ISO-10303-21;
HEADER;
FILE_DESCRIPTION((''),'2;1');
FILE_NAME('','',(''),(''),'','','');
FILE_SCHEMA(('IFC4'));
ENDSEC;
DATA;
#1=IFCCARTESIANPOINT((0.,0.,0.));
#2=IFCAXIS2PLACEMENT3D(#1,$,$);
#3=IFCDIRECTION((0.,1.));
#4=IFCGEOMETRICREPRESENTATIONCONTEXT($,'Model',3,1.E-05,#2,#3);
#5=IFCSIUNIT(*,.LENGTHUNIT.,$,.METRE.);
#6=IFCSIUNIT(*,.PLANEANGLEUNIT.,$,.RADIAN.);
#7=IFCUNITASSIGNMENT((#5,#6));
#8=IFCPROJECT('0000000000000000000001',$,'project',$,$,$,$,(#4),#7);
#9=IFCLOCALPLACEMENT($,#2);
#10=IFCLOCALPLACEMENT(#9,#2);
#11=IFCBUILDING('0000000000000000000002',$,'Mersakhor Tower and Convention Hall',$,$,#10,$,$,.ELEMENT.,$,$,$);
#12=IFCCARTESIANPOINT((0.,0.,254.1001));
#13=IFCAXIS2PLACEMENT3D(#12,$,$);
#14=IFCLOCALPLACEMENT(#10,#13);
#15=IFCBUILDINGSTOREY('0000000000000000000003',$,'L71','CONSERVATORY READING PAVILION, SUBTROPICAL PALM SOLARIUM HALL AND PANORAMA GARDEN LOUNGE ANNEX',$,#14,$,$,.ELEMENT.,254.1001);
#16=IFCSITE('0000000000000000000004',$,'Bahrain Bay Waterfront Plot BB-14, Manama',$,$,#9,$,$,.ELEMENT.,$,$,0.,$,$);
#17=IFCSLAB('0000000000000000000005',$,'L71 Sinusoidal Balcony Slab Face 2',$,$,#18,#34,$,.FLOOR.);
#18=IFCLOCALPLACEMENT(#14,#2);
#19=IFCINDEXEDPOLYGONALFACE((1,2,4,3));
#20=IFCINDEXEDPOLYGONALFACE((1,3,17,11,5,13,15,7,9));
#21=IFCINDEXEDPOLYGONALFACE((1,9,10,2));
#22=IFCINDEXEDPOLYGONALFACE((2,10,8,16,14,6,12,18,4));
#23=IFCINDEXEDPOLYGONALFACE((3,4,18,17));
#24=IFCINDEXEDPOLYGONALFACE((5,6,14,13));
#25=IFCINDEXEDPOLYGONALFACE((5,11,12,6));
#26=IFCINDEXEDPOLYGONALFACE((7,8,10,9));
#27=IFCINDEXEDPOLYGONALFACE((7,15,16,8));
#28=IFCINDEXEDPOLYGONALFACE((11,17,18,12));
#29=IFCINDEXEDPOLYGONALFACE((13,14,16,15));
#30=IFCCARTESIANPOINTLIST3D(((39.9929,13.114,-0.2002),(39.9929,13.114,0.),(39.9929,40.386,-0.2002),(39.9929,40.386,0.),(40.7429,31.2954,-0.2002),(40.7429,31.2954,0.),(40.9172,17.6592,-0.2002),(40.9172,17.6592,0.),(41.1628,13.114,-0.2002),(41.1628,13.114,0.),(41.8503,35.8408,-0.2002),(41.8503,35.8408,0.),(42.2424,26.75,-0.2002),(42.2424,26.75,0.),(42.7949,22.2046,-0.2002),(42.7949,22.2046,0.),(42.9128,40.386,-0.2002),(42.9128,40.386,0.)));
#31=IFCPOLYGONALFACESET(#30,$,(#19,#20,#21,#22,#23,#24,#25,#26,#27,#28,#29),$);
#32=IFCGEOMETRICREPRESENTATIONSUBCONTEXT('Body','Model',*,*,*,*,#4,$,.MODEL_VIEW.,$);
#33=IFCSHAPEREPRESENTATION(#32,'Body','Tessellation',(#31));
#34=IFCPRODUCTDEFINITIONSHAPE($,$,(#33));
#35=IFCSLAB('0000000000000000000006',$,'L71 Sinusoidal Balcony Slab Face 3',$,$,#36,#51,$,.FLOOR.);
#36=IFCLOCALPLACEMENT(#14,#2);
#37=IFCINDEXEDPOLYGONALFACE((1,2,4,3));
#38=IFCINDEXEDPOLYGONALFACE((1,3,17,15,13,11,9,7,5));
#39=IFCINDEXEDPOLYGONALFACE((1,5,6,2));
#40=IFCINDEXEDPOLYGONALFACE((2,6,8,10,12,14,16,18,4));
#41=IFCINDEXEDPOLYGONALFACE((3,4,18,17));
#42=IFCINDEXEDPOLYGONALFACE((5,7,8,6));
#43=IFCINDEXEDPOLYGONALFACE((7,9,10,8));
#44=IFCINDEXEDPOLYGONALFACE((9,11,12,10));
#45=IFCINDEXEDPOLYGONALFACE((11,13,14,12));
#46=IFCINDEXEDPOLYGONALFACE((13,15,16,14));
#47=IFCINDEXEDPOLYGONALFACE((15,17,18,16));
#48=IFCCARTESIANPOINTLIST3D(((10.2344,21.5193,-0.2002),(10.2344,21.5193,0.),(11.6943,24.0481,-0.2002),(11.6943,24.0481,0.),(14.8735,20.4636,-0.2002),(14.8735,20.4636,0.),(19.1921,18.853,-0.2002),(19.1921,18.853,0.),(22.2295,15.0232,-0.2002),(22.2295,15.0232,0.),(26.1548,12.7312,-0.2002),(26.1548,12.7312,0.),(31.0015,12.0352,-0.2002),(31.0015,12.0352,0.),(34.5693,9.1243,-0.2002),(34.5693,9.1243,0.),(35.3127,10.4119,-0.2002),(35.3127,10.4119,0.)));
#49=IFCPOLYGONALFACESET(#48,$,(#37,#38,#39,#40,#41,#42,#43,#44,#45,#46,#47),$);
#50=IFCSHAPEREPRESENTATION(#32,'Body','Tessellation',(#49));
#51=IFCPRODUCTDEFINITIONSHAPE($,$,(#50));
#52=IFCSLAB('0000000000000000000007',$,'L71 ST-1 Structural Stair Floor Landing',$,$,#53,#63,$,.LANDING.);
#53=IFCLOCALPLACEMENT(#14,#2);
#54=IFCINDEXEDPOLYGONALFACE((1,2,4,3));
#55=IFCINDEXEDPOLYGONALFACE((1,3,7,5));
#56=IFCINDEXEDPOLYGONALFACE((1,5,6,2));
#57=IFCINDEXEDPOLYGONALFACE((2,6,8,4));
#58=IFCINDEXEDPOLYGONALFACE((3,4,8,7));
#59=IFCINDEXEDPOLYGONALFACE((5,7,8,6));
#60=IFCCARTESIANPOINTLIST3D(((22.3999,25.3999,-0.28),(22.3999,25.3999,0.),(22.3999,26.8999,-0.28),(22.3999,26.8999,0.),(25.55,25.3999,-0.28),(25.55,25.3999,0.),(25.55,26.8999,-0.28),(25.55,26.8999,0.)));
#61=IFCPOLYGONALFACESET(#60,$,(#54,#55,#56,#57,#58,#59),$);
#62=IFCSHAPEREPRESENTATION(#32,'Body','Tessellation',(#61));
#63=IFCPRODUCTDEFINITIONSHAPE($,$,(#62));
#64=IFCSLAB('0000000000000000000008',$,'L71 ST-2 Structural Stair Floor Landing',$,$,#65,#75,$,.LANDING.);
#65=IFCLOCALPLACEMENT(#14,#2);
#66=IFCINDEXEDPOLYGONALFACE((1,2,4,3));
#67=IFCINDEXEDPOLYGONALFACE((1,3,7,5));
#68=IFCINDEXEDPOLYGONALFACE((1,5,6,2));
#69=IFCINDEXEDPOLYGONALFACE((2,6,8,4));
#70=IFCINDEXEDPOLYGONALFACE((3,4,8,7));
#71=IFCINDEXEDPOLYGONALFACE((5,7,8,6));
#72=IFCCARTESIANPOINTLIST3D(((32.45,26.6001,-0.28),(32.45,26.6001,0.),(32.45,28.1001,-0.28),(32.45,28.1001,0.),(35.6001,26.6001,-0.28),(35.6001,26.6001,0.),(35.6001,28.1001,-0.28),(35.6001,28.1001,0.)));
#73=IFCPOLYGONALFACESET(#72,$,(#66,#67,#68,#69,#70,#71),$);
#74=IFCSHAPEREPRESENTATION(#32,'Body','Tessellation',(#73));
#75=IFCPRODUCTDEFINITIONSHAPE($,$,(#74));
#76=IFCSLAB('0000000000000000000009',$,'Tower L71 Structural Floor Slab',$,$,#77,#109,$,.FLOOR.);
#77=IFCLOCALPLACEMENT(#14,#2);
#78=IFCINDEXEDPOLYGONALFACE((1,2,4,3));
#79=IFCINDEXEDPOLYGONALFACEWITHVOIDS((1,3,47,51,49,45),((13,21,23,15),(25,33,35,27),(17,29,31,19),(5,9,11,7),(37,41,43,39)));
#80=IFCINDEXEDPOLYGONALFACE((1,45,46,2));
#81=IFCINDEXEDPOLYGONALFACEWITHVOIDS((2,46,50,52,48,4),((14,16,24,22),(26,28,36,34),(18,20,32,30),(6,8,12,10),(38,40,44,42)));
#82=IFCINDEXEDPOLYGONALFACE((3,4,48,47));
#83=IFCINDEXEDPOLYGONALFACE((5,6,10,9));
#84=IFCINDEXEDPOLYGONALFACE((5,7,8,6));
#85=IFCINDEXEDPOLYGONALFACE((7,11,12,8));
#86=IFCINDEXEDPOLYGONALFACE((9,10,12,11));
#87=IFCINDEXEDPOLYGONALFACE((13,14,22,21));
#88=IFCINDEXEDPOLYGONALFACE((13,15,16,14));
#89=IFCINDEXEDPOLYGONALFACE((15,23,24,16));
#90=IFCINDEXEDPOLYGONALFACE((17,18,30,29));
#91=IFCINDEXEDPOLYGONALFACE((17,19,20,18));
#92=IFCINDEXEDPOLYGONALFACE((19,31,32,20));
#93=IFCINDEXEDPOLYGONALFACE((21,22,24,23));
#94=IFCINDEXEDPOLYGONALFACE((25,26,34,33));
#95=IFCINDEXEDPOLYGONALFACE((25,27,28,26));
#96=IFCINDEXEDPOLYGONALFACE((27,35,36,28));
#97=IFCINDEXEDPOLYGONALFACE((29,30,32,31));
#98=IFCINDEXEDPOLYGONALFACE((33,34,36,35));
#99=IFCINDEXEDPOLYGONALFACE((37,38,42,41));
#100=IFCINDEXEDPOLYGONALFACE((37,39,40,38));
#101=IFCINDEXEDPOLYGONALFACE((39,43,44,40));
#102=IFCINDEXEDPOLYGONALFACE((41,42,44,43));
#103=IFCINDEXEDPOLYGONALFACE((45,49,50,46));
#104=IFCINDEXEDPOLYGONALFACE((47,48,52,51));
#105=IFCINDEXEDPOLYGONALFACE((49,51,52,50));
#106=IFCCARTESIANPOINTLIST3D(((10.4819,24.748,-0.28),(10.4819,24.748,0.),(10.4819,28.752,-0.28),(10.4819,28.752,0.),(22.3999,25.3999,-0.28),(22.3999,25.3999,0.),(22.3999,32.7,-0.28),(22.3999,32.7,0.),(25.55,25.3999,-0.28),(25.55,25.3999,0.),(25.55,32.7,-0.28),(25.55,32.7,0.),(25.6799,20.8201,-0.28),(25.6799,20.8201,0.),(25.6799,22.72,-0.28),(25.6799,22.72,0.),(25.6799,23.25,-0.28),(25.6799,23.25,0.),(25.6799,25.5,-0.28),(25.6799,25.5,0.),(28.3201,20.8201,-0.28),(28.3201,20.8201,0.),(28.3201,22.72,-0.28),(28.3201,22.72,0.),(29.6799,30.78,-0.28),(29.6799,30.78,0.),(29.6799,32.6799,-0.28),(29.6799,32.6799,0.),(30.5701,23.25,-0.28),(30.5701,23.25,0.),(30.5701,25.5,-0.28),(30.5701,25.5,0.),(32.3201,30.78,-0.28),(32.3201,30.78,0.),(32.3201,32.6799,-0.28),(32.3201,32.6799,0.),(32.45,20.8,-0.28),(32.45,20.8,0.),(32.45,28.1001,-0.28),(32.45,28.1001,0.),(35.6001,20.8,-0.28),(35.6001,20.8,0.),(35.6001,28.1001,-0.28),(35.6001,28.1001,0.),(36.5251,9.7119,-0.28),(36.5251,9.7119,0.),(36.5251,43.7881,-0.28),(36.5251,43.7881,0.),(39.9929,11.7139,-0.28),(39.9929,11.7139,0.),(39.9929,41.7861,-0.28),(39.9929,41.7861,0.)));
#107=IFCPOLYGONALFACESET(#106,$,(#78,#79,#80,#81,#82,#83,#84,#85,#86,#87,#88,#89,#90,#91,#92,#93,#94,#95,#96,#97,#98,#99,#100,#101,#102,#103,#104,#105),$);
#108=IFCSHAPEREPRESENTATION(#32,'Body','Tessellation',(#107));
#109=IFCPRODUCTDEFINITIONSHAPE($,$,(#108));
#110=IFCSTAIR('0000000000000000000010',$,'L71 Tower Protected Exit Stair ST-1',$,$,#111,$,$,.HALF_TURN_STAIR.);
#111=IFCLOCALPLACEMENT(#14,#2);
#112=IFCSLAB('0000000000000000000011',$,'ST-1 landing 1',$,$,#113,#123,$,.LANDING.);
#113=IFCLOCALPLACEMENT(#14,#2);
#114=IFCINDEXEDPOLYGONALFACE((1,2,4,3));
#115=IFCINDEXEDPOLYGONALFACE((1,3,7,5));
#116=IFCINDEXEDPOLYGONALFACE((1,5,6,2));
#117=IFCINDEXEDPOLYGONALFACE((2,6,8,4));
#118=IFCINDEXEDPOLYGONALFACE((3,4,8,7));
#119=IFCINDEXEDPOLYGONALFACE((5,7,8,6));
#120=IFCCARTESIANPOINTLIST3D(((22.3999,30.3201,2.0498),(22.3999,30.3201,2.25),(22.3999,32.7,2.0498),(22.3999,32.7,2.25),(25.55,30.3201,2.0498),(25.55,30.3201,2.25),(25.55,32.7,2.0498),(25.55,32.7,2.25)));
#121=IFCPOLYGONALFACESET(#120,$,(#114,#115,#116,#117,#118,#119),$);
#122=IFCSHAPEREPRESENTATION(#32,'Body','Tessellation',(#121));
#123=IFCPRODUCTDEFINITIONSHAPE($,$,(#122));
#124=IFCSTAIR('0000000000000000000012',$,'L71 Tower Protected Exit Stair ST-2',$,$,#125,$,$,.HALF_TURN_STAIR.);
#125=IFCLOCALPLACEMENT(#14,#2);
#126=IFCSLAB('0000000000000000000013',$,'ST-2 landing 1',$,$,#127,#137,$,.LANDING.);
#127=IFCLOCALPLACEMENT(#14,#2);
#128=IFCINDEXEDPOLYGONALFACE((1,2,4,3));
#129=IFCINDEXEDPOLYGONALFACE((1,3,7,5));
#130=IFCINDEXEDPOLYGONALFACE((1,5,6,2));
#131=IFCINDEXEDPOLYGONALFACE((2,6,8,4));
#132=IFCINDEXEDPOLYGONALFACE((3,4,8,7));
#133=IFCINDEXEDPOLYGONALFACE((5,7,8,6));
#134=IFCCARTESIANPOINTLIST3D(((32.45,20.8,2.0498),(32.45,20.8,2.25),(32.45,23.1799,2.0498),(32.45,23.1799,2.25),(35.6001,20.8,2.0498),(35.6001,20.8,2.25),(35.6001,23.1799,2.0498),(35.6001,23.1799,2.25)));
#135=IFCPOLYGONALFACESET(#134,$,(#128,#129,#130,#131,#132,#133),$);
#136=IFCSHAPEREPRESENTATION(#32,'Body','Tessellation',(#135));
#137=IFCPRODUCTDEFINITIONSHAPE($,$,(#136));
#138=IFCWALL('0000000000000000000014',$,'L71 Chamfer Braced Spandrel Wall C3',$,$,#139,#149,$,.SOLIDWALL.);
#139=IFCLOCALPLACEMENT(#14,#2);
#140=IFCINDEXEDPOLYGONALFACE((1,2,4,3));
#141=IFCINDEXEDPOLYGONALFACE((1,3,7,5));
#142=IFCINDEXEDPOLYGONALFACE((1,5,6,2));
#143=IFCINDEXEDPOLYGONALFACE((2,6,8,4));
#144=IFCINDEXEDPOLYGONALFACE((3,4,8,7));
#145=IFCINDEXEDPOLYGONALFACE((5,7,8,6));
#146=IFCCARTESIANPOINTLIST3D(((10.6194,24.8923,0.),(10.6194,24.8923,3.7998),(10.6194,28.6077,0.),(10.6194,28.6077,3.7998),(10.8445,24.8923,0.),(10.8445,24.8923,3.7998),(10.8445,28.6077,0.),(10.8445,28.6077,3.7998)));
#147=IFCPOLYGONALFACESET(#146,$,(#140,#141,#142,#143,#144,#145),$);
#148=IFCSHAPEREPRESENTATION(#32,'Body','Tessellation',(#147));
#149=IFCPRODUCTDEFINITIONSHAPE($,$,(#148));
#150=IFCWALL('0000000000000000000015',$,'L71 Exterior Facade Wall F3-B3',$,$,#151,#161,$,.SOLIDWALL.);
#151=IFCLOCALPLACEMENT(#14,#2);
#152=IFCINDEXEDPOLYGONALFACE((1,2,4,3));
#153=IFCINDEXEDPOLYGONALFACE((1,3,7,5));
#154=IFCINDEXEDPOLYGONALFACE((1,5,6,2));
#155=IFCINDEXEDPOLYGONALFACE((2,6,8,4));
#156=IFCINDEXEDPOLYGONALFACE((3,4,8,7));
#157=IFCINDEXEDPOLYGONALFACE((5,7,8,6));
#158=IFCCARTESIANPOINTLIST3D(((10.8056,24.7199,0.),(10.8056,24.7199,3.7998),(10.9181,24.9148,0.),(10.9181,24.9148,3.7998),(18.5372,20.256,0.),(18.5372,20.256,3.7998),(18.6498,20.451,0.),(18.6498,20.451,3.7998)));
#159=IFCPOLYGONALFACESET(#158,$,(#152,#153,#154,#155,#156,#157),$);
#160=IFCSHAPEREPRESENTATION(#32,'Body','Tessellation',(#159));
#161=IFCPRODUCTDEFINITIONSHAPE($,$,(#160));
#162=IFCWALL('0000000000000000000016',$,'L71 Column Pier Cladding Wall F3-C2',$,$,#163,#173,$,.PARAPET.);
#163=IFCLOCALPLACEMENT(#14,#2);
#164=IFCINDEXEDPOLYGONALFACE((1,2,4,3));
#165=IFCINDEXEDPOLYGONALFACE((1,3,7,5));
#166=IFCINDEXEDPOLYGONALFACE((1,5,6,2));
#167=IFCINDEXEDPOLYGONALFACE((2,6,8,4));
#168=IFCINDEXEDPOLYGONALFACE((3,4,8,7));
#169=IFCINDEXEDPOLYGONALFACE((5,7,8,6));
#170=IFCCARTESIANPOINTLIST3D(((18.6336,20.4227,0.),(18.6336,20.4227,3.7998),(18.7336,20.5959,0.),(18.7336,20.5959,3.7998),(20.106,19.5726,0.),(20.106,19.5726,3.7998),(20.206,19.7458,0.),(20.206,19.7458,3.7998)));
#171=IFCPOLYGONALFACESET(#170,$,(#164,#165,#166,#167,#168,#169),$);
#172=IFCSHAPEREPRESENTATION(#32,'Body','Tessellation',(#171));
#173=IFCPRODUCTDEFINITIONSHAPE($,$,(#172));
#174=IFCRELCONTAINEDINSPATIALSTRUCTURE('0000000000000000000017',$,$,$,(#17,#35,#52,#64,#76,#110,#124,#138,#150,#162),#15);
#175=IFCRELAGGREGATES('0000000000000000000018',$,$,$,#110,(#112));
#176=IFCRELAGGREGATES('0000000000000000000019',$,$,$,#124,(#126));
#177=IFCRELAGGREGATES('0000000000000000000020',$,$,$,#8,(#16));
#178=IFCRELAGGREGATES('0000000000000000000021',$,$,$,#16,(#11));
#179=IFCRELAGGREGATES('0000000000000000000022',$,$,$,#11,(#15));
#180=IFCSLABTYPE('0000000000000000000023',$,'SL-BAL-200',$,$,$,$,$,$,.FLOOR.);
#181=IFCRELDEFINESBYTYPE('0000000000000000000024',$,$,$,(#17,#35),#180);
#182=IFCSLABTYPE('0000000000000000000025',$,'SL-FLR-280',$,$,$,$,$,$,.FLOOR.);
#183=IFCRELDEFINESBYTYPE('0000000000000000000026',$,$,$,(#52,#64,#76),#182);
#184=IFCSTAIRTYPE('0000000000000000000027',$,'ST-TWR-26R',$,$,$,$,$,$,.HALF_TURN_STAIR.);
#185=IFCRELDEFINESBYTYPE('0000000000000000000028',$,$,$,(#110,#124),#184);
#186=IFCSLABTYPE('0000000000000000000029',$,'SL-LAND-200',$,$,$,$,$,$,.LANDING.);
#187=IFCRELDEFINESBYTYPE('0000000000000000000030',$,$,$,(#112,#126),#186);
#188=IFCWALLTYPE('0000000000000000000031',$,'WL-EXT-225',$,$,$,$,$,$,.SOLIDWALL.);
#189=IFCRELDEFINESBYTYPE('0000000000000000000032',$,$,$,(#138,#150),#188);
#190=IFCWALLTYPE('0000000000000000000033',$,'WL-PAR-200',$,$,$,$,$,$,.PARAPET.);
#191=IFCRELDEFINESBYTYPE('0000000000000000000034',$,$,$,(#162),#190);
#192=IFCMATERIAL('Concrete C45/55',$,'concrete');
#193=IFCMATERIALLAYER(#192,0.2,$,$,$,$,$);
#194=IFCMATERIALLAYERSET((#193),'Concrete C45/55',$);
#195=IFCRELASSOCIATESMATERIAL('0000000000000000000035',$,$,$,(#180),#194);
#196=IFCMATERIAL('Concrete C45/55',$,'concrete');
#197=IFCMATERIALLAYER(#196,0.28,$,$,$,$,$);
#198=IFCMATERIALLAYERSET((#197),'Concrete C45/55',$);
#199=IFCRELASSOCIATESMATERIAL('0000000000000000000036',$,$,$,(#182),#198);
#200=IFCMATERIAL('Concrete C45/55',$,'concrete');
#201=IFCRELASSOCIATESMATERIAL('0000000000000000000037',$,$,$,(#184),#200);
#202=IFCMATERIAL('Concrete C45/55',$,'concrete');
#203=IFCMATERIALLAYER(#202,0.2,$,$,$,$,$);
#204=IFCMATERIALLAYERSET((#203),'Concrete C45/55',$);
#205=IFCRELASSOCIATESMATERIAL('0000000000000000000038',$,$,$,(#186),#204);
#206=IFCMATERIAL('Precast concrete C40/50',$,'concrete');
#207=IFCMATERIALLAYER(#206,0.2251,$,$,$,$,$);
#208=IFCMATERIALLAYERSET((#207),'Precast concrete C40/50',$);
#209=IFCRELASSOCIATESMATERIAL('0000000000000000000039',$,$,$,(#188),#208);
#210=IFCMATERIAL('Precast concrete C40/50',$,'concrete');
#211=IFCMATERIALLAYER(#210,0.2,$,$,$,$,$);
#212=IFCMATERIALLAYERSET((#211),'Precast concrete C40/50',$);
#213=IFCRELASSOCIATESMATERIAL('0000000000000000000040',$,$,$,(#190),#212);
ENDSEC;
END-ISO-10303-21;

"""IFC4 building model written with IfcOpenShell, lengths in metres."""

from ifc_helpers import new_model, si_unit, direction, frame, frame_2d, origin, place, context, subcontext, project, spatial, polyline, rectangle, outline, extrude, material, layer, layer_set, type_object, element, aggregate, save


model = new_model("IFC4")

# Units and contexts
model_context = context("Model", 3, precision=1e-05, world=origin(), true_north=direction((0.0, 1.0)))
body_context = subcontext(model_context, "Body", "Model", "MODEL_VIEW")
ifc_project = project(units=[si_unit("LENGTHUNIT", "METRE"), si_unit("PLANEANGLEUNIT", "RADIAN")], contexts=[model_context])

# Site, building, storey
site_placement = place(None, origin())
site = spatial("IfcSite", under=ifc_project, at=site_placement, Name="Bahrain Bay Waterfront Plot BB-14, Manama", CompositionType="ELEMENT", RefElevation=0.0)
building_placement = place(site_placement, origin())
building = spatial("IfcBuilding", under=site, at=building_placement, Name="Mersakhor Tower and Convention Hall", CompositionType="ELEMENT")
storey_placement = place(building_placement, frame((0.0, 0.0, 254.1001)))
storey = spatial("IfcBuildingStorey", under=building, at=storey_placement, Name="L71", Description="CONSERVATORY READING PAVILION, SUBTROPICAL PALM SOLARIUM HALL AND PANORAMA GARDEN LOUNGE ANNEX", CompositionType="ELEMENT", Elevation=254.1001)

# Slabs
ifc_material_1 = material(Name="Concrete C45/55", Category="concrete")
ifc_layer_1 = layer(ifc_material_1, 0.2)
ifc_layer_set_1 = layer_set([ifc_layer_1], Name="Concrete C45/55")
slab_type_1 = type_object("IfcSlabType", Name="SL-BAL-200", PredefinedType="FLOOR", material=ifc_layer_set_1)
slab_1_placement = place(storey_placement, frame((0.0, 0.0, -0.2002)))
element("IfcSlab", 1, at=slab_1_placement, inside=storey, type_object=slab_type_1, Name="L71 Sinusoidal Balcony Slab Face 2", PredefinedType="FLOOR", context=body_context, shape_type="SweptSolid", body=[
    extrude(outline(polyline([(39.9929, 40.386), (39.9929, 13.114), (41.1628, 13.114), (40.9172, 17.6592), (42.7949, 22.2046), (42.2424, 26.75), (40.7429, 31.2954), (41.8503, 35.8408), (42.9128, 40.386), (39.9929, 40.386)])), origin(), (0.0, 0.0, 1.0), 0.2002),
])
slab_2_placement = place(storey_placement, frame((0.0, 0.0, -0.2002)))
element("IfcSlab", 2, at=slab_2_placement, inside=storey, type_object=slab_type_1, Name="L71 Sinusoidal Balcony Slab Face 3", PredefinedType="FLOOR", context=body_context, shape_type="SweptSolid", body=[
    extrude(outline(polyline([(35.3127, 10.4119), (11.6943, 24.0481), (10.2344, 21.5193), (14.8735, 20.4636), (19.1921, 18.853), (22.2295, 15.0232), (26.1548, 12.7312), (31.0015, 12.0352), (34.5693, 9.1243), (35.3127, 10.4119)])), origin(), (0.0, 0.0, 1.0), 0.2002),
])
ifc_material_2 = material(Name="Concrete C45/55", Category="concrete")
ifc_layer_2 = layer(ifc_material_2, 0.28)
ifc_layer_set_2 = layer_set([ifc_layer_2], Name="Concrete C45/55")
slab_type_2 = type_object("IfcSlabType", Name="SL-FLR-280", PredefinedType="FLOOR", material=ifc_layer_set_2)
slab_3_placement = place(storey_placement, frame((0.0, 0.0, -0.28)))
element("IfcSlab", 3, at=slab_3_placement, inside=storey, type_object=slab_type_2, Name="L71 ST-1 Structural Stair Floor Landing", PredefinedType="LANDING", context=body_context, shape_type="SweptSolid", body=[
    extrude(outline(polyline([(25.55, 25.3999), (25.55, 26.8999), (22.3999, 26.8999), (22.3999, 25.3999), (25.55, 25.3999)])), origin(), (0.0, 0.0, 1.0), 0.28),
])
slab_4_placement = place(storey_placement, frame((0.0, 0.0, -0.28)))
element("IfcSlab", 4, at=slab_4_placement, inside=storey, type_object=slab_type_2, Name="L71 ST-2 Structural Stair Floor Landing", PredefinedType="LANDING", context=body_context, shape_type="SweptSolid", body=[
    extrude(outline(polyline([(32.45, 28.1001), (32.45, 26.6001), (35.6001, 26.6001), (35.6001, 28.1001), (32.45, 28.1001)])), origin(), (0.0, 0.0, 1.0), 0.28),
])
slab_5_placement = place(storey_placement, frame((0.0, 0.0, -0.28)))
element("IfcSlab", 5, at=slab_5_placement, inside=storey, type_object=slab_type_2, Name="Tower L71 Structural Floor Slab", PredefinedType="FLOOR", context=body_context, shape_type="SweptSolid", body=[
    extrude(outline(polyline([(10.4819, 28.752), (36.5251, 43.7881), (39.9929, 41.7861), (39.9929, 11.7139), (36.5251, 9.7119), (10.4819, 24.748), (10.4819, 28.752)]), holes=[polyline([(25.55, 25.3999), (25.55, 32.7), (22.3999, 32.7), (22.3999, 25.3999), (25.55, 25.3999)]), polyline([(32.45, 28.1001), (32.45, 20.8), (35.6001, 20.8), (35.6001, 28.1001), (32.45, 28.1001)]), polyline([(25.6799, 20.8201), (25.6799, 22.72), (28.3201, 22.72), (28.3201, 20.8201), (25.6799, 20.8201)]), polyline([(29.6799, 30.78), (29.6799, 32.6799), (32.3201, 32.6799), (32.3201, 30.78), (29.6799, 30.78)]), polyline([(25.6799, 23.25), (25.6799, 25.5), (30.5701, 25.5), (30.5701, 23.25), (25.6799, 23.25)])]), origin(), (0.0, 0.0, 1.0), 0.28),
])

# Stairs, slabs
ifc_material_3 = material(Name="Concrete C45/55", Category="concrete")
stair_type = type_object("IfcStairType", Name="ST-TWR-26R", PredefinedType="HALF_TURN_STAIR", material=ifc_material_3)
stair_1_placement = place(storey_placement, origin())
stair_1 = element("IfcStair", 6, at=stair_1_placement, inside=storey, type_object=stair_type, Name="L71 Tower Protected Exit Stair ST-1", PredefinedType="HALF_TURN_STAIR")
ifc_material_4 = material(Name="Concrete C45/55", Category="concrete")
ifc_layer_3 = layer(ifc_material_4, 0.2)
ifc_layer_set_3 = layer_set([ifc_layer_3], Name="Concrete C45/55")
slab_type_3 = type_object("IfcSlabType", Name="SL-LAND-200", PredefinedType="LANDING", material=ifc_layer_set_3)
slab_6_placement = place(storey_placement, frame((0.0, 0.0, 2.0498)))
slab_6 = element("IfcSlab", 7, at=slab_6_placement, type_object=slab_type_3, Name="ST-1 landing 1", PredefinedType="LANDING", context=body_context, shape_type="SweptSolid", body=[
    extrude(outline(polyline([(25.55, 30.3201), (25.55, 32.7), (22.3999, 32.7), (22.3999, 30.3201), (25.55, 30.3201)])), origin(), (0.0, 0.0, 1.0), 0.2002),
])
aggregate(stair_1, [slab_6])
stair_2_placement = place(storey_placement, origin())
stair_2 = element("IfcStair", 8, at=stair_2_placement, inside=storey, type_object=stair_type, Name="L71 Tower Protected Exit Stair ST-2", PredefinedType="HALF_TURN_STAIR")
slab_7_placement = place(storey_placement, frame((0.0, 0.0, 2.0498)))
slab_7 = element("IfcSlab", 9, at=slab_7_placement, type_object=slab_type_3, Name="ST-2 landing 1", PredefinedType="LANDING", context=body_context, shape_type="SweptSolid", body=[
    extrude(outline(polyline([(32.45, 23.1799), (32.45, 20.8), (35.6001, 20.8), (35.6001, 23.1799), (32.45, 23.1799)])), origin(), (0.0, 0.0, 1.0), 0.2002),
])
aggregate(stair_2, [slab_7])

# Walls
ifc_material_5 = material(Name="Precast concrete C40/50", Category="concrete")
ifc_layer_4 = layer(ifc_material_5, 0.2251)
ifc_layer_set_4 = layer_set([ifc_layer_4], Name="Precast concrete C40/50")
wall_type_1 = type_object("IfcWallType", Name="WL-EXT-225", PredefinedType="SOLIDWALL", material=ifc_layer_set_4)
wall_1_placement = place(storey_placement, frame((10.7319, 24.8923, 0.0), z_axis=(0.0, 0.0, 1.0), x_axis=(0.0, 1.0, 0.0)))
element("IfcWall", 10, at=wall_1_placement, inside=storey, type_object=wall_type_1, Name="L71 Chamfer Braced Spandrel Wall C3", PredefinedType="SOLIDWALL", context=body_context, shape_type="SweptSolid", body=[
    extrude(rectangle(XDim=3.7153, YDim=0.2251, at=frame_2d((1.8577, 0.0))), origin(), (0.0, 0.0, 1.0), 3.7998),
])
wall_2_placement = place(storey_placement, frame((18.5935, 20.3535, 0.0), z_axis=(0.0, 0.0, 1.0), x_axis=(-0.866027, 0.499998, 0.0)))
element("IfcWall", 11, at=wall_2_placement, inside=storey, type_object=wall_type_1, Name="L71 Exterior Facade Wall F3-B3", PredefinedType="SOLIDWALL", context=body_context, shape_type="SweptSolid", body=[
    extrude(rectangle(XDim=8.9277, YDim=0.2251, at=frame_2d((4.4639, 0.0))), origin(), (0.0, 0.0, 1.0), 3.7998),
])
ifc_material_6 = material(Name="Precast concrete C40/50", Category="concrete")
ifc_layer_5 = layer(ifc_material_6, 0.2)
ifc_layer_set_5 = layer_set([ifc_layer_5], Name="Precast concrete C40/50")
wall_type_2 = type_object("IfcWallType", Name="WL-PAR-200", PredefinedType="PARAPET", material=ifc_layer_set_5)
wall_3_placement = place(storey_placement, frame((20.156, 19.6592, 0.0), z_axis=(0.0, 0.0, 1.0), x_axis=(-0.866025, 0.5, 0.0)))
element("IfcWall", 12, at=wall_3_placement, inside=storey, type_object=wall_type_2, Name="L71 Column Pier Cladding Wall F3-C2", PredefinedType="PARAPET", context=body_context, shape_type="SweptSolid", body=[
    extrude(rectangle(XDim=1.7002, YDim=0.2, at=frame_2d((0.8501, 0.0))), origin(), (0.0, 0.0, 1.0), 3.7998),
])

save(model, "model.ifc")
